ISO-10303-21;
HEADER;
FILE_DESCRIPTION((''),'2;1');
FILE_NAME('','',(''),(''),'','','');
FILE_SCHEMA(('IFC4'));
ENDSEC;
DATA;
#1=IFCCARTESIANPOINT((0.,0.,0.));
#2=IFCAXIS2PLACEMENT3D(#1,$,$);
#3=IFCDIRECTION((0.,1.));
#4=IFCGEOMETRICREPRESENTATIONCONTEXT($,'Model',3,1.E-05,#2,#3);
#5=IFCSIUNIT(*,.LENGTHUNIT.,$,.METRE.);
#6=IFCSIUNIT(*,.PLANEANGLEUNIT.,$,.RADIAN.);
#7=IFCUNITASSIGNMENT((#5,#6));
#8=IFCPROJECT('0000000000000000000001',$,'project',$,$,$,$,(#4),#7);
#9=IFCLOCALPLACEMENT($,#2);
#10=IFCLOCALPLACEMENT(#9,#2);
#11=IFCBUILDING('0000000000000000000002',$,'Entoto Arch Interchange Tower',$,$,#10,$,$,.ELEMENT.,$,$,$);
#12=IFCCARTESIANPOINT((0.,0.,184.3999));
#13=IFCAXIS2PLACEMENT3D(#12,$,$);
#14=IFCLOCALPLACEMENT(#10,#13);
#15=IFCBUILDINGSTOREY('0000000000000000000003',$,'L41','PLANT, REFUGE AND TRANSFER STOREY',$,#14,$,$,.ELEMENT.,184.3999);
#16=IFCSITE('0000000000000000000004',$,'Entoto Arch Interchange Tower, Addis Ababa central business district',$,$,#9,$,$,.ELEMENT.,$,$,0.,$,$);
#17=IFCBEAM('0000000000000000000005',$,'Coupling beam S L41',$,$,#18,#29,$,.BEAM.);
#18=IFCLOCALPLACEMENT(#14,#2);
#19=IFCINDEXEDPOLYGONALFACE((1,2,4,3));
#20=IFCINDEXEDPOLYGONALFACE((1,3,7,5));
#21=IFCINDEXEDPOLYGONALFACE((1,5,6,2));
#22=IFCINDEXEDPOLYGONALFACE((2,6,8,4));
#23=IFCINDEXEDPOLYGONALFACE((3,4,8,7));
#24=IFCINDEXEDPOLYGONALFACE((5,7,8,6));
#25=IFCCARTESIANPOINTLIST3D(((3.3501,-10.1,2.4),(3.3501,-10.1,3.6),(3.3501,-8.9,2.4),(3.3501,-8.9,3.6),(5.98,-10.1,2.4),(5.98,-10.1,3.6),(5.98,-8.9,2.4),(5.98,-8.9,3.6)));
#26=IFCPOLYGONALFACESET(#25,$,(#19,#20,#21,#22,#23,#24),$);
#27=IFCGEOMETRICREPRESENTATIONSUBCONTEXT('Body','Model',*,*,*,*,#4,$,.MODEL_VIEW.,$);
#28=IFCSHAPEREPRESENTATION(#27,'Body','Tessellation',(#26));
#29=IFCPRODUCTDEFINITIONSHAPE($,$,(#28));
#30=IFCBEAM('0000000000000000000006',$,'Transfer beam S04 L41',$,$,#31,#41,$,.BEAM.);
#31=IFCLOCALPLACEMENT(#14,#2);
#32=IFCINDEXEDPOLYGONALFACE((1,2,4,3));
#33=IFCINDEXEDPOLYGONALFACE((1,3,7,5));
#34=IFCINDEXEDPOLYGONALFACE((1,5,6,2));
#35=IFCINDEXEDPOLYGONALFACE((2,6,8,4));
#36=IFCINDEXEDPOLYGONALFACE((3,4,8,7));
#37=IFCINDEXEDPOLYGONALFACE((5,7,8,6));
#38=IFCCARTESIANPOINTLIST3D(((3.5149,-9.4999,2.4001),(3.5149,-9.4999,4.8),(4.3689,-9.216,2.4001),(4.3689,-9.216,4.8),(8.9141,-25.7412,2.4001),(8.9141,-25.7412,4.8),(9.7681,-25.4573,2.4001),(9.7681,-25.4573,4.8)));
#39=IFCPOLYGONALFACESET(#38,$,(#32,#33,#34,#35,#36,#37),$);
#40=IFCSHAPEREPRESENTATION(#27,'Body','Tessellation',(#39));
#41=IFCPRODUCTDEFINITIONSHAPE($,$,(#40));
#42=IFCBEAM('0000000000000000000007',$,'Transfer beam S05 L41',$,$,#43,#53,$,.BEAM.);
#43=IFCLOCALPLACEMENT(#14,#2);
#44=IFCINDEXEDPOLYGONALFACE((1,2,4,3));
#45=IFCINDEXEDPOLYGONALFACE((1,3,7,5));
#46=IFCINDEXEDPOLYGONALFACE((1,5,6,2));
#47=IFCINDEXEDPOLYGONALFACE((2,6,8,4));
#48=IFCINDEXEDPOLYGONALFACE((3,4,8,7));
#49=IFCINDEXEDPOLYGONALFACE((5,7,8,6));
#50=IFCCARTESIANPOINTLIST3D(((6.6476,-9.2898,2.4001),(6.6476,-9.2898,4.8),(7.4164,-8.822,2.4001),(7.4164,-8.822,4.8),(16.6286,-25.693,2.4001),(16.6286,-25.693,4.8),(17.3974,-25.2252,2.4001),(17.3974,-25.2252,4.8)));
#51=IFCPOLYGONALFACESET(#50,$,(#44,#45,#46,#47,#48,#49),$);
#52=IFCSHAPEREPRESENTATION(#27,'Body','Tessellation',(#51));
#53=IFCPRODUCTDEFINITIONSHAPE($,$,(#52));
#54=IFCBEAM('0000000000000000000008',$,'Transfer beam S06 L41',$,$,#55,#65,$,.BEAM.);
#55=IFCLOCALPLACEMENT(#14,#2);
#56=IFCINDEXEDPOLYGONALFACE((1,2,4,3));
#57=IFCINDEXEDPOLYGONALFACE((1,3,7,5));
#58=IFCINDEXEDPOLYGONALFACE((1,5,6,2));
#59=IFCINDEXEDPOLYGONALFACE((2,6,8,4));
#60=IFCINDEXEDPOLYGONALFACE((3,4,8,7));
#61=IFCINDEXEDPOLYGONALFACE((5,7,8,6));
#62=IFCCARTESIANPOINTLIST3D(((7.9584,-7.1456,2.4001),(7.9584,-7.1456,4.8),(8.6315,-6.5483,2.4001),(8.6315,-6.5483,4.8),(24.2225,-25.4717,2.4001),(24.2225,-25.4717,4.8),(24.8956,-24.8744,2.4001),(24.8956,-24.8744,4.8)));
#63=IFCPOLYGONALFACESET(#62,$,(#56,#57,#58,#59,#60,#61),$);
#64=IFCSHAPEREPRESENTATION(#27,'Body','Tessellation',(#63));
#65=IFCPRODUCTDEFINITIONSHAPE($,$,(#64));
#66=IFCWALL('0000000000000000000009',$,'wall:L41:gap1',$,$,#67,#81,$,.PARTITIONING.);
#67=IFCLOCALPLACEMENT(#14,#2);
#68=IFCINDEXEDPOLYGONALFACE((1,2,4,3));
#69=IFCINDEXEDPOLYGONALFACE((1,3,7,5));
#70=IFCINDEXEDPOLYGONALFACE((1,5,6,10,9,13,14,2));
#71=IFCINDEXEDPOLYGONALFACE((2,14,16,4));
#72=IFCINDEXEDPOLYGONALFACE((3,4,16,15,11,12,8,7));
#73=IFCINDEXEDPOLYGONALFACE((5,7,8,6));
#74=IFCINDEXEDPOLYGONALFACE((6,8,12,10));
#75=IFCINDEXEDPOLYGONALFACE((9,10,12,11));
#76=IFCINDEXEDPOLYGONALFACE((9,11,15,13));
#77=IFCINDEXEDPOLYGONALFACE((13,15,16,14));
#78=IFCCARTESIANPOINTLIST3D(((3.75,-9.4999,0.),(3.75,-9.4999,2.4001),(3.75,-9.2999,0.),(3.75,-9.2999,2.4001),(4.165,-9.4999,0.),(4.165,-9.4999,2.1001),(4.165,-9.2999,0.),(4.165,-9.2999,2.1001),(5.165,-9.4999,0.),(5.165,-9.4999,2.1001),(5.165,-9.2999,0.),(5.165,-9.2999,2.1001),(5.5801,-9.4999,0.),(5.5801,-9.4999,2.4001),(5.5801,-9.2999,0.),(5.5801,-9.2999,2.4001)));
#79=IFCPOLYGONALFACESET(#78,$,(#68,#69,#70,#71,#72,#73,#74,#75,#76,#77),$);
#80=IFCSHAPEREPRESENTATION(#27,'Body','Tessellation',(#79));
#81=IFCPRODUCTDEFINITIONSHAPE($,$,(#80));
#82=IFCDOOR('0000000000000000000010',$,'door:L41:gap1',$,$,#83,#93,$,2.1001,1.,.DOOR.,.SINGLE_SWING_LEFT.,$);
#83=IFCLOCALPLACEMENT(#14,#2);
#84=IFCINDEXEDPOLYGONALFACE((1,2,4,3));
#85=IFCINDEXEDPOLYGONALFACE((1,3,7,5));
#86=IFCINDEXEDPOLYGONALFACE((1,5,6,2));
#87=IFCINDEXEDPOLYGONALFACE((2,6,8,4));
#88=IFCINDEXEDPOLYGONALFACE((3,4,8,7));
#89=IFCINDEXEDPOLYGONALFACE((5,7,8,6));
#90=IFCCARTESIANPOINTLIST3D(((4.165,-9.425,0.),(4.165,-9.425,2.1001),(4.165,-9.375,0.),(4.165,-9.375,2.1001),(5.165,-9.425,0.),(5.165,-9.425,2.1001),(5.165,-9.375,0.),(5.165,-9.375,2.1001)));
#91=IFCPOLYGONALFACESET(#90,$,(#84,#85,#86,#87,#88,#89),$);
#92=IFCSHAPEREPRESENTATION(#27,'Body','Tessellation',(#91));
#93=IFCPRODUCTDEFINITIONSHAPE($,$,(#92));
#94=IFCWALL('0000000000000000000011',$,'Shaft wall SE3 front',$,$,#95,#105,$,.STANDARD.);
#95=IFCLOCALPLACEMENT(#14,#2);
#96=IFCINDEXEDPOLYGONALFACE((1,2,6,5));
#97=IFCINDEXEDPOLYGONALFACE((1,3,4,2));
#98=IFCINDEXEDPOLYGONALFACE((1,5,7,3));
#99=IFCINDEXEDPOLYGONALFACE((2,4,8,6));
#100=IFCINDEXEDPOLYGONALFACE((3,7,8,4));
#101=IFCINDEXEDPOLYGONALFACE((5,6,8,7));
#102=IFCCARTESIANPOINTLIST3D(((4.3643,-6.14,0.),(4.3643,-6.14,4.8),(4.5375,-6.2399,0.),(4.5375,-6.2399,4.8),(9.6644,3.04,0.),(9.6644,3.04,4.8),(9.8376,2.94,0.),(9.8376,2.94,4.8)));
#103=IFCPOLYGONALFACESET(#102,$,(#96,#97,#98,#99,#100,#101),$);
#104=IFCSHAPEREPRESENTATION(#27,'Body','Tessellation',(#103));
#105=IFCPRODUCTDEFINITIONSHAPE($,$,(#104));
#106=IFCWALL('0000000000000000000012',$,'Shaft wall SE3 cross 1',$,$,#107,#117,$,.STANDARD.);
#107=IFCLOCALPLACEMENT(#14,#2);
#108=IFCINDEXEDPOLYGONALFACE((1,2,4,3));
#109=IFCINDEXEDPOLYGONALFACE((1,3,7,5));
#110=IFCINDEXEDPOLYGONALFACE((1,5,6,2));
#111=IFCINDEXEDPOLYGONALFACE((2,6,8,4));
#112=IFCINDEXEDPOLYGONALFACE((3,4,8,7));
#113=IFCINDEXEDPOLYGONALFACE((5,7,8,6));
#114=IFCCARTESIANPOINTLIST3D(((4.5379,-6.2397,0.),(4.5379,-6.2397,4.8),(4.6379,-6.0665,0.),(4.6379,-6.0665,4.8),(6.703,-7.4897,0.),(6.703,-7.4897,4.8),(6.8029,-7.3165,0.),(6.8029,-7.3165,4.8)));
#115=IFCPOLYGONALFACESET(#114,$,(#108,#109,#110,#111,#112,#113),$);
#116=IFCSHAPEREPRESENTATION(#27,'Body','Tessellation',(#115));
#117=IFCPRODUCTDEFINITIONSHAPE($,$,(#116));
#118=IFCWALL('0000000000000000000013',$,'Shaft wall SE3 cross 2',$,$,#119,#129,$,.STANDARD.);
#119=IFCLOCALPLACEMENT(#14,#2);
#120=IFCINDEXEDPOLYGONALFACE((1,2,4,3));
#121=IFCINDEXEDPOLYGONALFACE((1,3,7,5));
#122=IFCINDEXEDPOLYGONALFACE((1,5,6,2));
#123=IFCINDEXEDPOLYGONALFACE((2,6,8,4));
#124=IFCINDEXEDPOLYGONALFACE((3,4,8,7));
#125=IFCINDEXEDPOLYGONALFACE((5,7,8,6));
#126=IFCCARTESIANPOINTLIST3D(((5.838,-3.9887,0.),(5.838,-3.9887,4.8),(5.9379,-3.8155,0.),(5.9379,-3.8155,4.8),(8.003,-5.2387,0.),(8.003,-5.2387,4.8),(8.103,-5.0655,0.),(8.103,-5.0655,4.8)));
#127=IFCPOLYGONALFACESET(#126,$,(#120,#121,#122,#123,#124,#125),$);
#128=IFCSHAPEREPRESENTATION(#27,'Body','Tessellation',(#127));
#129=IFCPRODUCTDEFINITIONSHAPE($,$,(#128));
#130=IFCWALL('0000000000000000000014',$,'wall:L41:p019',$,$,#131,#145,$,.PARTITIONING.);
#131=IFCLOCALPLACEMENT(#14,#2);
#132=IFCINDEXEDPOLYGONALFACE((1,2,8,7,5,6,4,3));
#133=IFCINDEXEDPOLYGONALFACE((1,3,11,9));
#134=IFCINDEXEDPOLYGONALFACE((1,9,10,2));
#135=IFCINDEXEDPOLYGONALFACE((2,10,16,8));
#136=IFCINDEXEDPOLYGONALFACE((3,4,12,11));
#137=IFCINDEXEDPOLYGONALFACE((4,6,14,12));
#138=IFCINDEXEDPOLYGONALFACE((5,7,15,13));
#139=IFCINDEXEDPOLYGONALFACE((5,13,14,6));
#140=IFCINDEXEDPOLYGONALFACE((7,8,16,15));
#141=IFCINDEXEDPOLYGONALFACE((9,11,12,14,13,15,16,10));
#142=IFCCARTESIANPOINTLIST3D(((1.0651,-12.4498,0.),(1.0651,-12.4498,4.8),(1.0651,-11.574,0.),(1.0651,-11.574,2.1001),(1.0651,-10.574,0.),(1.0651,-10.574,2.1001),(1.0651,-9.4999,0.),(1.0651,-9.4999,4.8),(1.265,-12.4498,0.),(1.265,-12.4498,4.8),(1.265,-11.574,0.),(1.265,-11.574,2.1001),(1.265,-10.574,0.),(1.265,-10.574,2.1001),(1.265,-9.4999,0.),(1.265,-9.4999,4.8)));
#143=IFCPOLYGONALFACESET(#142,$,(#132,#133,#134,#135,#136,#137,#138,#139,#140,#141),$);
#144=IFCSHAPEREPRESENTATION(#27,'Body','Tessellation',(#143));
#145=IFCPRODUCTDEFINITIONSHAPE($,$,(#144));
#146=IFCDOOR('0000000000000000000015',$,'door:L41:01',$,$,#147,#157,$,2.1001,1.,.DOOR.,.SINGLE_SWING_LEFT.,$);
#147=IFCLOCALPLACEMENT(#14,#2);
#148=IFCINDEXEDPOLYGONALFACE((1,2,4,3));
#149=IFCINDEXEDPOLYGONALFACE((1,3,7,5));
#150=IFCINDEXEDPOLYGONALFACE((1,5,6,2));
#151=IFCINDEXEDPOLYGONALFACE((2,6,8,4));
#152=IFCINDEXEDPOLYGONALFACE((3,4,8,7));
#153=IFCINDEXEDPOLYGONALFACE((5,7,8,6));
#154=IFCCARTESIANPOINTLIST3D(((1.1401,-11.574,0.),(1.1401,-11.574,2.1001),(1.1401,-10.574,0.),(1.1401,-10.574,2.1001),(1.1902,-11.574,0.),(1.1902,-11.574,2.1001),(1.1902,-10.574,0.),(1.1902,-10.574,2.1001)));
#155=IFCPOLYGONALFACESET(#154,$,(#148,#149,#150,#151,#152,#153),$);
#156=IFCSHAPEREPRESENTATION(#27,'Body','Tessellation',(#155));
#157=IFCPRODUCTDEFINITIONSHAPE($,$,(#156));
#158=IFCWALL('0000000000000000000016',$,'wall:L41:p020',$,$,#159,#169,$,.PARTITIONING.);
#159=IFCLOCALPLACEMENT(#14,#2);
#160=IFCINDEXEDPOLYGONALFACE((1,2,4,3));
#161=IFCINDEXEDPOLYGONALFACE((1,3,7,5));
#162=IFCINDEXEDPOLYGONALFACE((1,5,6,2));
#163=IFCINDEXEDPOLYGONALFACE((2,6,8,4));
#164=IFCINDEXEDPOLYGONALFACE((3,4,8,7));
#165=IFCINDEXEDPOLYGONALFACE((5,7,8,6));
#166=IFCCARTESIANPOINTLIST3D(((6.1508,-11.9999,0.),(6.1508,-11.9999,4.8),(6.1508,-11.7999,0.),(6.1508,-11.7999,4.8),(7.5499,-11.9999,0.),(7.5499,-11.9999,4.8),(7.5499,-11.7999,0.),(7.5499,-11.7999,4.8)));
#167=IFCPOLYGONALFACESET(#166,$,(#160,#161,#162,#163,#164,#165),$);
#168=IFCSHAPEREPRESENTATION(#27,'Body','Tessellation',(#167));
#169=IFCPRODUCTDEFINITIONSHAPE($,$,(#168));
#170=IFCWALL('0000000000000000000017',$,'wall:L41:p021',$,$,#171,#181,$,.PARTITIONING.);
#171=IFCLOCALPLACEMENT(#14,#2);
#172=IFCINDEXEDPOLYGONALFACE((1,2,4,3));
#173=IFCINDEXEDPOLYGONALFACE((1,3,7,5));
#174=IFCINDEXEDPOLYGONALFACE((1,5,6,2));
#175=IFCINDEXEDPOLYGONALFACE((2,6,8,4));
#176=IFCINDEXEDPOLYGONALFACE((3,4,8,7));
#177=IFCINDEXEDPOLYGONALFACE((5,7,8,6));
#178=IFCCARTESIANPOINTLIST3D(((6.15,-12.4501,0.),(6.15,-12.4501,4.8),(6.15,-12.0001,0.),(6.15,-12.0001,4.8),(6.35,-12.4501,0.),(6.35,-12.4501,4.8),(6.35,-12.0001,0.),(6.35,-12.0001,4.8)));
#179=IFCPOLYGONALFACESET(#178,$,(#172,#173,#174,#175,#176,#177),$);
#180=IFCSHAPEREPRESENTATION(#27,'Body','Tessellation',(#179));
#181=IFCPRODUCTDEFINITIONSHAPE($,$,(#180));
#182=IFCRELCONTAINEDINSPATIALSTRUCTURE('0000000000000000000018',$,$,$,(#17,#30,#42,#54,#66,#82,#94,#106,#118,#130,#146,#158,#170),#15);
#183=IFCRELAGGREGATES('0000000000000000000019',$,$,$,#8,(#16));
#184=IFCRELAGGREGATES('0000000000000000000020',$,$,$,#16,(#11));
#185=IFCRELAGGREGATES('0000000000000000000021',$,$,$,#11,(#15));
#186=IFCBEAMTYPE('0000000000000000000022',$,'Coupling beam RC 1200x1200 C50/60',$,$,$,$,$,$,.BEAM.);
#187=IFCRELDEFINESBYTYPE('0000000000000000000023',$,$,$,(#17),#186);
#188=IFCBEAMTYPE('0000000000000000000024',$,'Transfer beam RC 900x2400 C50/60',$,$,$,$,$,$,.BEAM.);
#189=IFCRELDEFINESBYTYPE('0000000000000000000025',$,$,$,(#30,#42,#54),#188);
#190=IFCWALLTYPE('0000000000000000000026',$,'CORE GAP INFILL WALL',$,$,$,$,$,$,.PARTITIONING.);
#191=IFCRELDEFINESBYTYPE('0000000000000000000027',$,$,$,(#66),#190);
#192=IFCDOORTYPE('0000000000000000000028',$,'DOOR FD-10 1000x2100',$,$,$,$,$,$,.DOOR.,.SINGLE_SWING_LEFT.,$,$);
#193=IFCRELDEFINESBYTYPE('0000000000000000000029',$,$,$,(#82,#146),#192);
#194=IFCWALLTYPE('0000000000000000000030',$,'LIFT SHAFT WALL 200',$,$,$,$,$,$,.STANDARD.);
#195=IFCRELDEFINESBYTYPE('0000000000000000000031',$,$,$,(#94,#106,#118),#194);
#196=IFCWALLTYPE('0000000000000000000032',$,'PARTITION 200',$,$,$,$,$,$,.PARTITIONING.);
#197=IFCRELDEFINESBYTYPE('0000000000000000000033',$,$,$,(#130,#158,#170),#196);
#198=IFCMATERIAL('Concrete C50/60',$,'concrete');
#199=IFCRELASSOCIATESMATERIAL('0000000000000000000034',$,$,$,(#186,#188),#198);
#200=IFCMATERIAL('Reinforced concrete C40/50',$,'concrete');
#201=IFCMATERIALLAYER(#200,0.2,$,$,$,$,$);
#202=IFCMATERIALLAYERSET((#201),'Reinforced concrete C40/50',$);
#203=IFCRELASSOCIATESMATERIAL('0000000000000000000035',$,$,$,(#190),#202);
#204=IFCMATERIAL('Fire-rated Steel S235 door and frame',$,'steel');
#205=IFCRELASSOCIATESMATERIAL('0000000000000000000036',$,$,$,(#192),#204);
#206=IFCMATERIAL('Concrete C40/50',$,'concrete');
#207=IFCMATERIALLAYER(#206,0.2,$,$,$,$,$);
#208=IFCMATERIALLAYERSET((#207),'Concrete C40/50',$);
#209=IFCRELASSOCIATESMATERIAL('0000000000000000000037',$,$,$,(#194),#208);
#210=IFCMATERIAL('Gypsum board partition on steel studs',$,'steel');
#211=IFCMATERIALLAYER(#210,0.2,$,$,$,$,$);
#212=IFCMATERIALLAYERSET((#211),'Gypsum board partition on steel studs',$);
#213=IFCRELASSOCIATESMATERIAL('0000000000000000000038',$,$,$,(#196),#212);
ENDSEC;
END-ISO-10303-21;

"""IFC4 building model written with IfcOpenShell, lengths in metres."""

from ifc_helpers import new_model, si_unit, direction, frame, frame_2d, origin, origin_2d, place, context, subcontext, project, spatial, rectangle, extrude, material, layer, layer_set, material_profile, profile_set, type_object, element, fill, save


model = new_model("IFC4")

# Units and contexts
model_context = context("Model", 3, precision=1e-05, world=origin(), true_north=direction((0.0, 1.0)))
body_context = subcontext(model_context, "Body", "Model", "MODEL_VIEW")
ifc_project = project(units=[si_unit("LENGTHUNIT", "METRE"), si_unit("PLANEANGLEUNIT", "RADIAN")], contexts=[model_context])

# Site, building, storey
site_placement = place(None, origin())
site = spatial("IfcSite", under=ifc_project, at=site_placement, Name="Entoto Arch Interchange Tower, Addis Ababa central business district", CompositionType="ELEMENT", RefElevation=0.0)
building_placement = place(site_placement, origin())
building = spatial("IfcBuilding", under=site, at=building_placement, Name="Entoto Arch Interchange Tower", CompositionType="ELEMENT")
storey_placement = place(building_placement, frame((0.0, 0.0, 184.3999)))
storey = spatial("IfcBuildingStorey", under=building, at=storey_placement, Name="L41", Description="PLANT, REFUGE AND TRANSFER STOREY", CompositionType="ELEMENT", Elevation=184.3999)

# Beams
ifc_material_1 = material(Name="Concrete C50/60", Category="concrete")
ifc_material_profile_1 = material_profile(ifc_material_1, rectangle(XDim=1.2, YDim=1.2, at=origin_2d()))
ifc_profile_set_1 = profile_set([ifc_material_profile_1], Name="Concrete C50/60")
beam_type_1 = type_object("IfcBeamType", Name="Coupling beam RC 1200x1200 C50/60", PredefinedType="BEAM", material=ifc_profile_set_1)
beam_1_placement = place(storey_placement, frame((3.3501, -9.5, 3.0), z_axis=(1.0, 0.0, 0.0), x_axis=(0.0, 1.0, 0.0)))
element("IfcBeam", 1, at=beam_1_placement, inside=storey, type_object=beam_type_1, Name="Coupling beam S L41", PredefinedType="BEAM", context=body_context, shape_type="SweptSolid", body=[
    extrude(rectangle(XDim=1.2, YDim=1.2, at=origin_2d()), origin(), (0.0, 0.0, 1.0), 2.6299),
])
ifc_material_profile_2 = material_profile(ifc_material_1, rectangle(XDim=0.8999, YDim=2.3999, at=origin_2d()))
ifc_profile_set_2 = profile_set([ifc_material_profile_2], Name="Concrete C50/60")
beam_type_2 = type_object("IfcBeamType", Name="Transfer beam RC 900x2400 C50/60", PredefinedType="BEAM", material=ifc_profile_set_2)
beam_2_placement = place(storey_placement, frame((3.9419, -9.3579, 3.6001), z_axis=(0.315462, -0.948938, 0.0), x_axis=(0.948938, 0.315462, 0.0)))
element("IfcBeam", 2, at=beam_2_placement, inside=storey, type_object=beam_type_2, Name="Transfer beam S04 L41", PredefinedType="BEAM", context=body_context, shape_type="SweptSolid", body=[
    extrude(rectangle(XDim=0.8999, YDim=2.3999, at=origin_2d()), origin(), (0.0, 0.0, 1.0), 17.1152),
])
beam_3_placement = place(storey_placement, frame((7.032, -9.0559, 3.6001), z_axis=(0.519813, -0.85428, 0.0), x_axis=(0.85428, 0.519813, 0.0)))
element("IfcBeam", 3, at=beam_3_placement, inside=storey, type_object=beam_type_2, Name="Transfer beam S05 L41", PredefinedType="BEAM", context=body_context, shape_type="SweptSolid", body=[
    extrude(rectangle(XDim=0.8999, YDim=2.3999, at=origin_2d()), origin(), (0.0, 0.0, 1.0), 19.2012),
])
beam_4_placement = place(storey_placement, frame((8.2949, -6.8469, 3.6001), z_axis=(0.663776, -0.747931, 0.0), x_axis=(0.747931, 0.663776, 0.0)))
element("IfcBeam", 4, at=beam_4_placement, inside=storey, type_object=beam_type_2, Name="Transfer beam S06 L41", PredefinedType="BEAM", context=body_context, shape_type="SweptSolid", body=[
    extrude(rectangle(XDim=0.8999, YDim=2.3999, at=origin_2d()), origin(), (0.0, 0.0, 1.0), 24.5024),
])

# Wall, opening, door
ifc_material_2 = material(Name="Reinforced concrete C40/50", Category="concrete")
ifc_layer_1 = layer(ifc_material_2, 0.2)
ifc_layer_set_1 = layer_set([ifc_layer_1], Name="Reinforced concrete C40/50")
wall_type_1 = type_object("IfcWallType", Name="CORE GAP INFILL WALL", PredefinedType="PARTITIONING", material=ifc_layer_set_1)
wall_1_placement = place(storey_placement, frame((3.75, -9.3999, 0.0), z_axis=(0.0, 0.0, 1.0), x_axis=(1.0, 0.0, 0.0)))
wall_1 = element("IfcWall", 5, at=wall_1_placement, inside=storey, type_object=wall_type_1, Name="wall:L41:gap1", PredefinedType="PARTITIONING", context=body_context, shape_type="SweptSolid", body=[
    extrude(rectangle(XDim=1.8301, YDim=0.2, at=frame_2d((0.915, 0.0))), origin(), (0.0, 0.0, 1.0), 2.4001),
])
opening_1_placement = place(wall_1_placement, frame((0.415, 0.0, 0.0)))
opening_1 = element("IfcOpeningElement", 6, at=opening_1_placement, cuts=wall_1, PredefinedType="OPENING", context=body_context, shape_type="SweptSolid", body=[
    extrude(rectangle(XDim=1.0, YDim=2.1001, at=frame_2d((0.5, 1.05))), frame((0.0, 0.1099, 0.0), z_axis=(0.0, -1.0, 0.0), x_axis=(1.0, 0.0, 0.0)), (0.0, 0.0, 1.0), 0.22),
])
ifc_material_3 = material(Name="Fire-rated Steel S235 door and frame", Category="steel")
door_type_1 = type_object("IfcDoorType", Name="DOOR FD-10 1000x2100", OperationType="SINGLE_SWING_LEFT", PredefinedType="DOOR", material=ifc_material_3)
door_1_placement = place(opening_1_placement, origin())
door_1 = element("IfcDoor", 7, at=door_1_placement, inside=storey, type_object=door_type_1, Name="door:L41:gap1", OperationType="SINGLE_SWING_LEFT", OverallHeight=2.1001, OverallWidth=1.0, PredefinedType="DOOR", context=body_context, shape_type="SweptSolid", body=[
    extrude(rectangle(XDim=1.0, YDim=2.1001, at=frame_2d((0.5, 1.05))), frame((0.0, 0.0249, 0.0), z_axis=(0.0, -1.0, 0.0), x_axis=(1.0, 0.0, 0.0)), (0.0, 0.0, 1.0), 0.05),
])
fill(opening_1, door_1)

# Walls
ifc_material_4 = material(Name="Concrete C40/50", Category="concrete")
ifc_layer_2 = layer(ifc_material_4, 0.2)
ifc_layer_set_2 = layer_set([ifc_layer_2], Name="Concrete C40/50")
wall_type_2 = type_object("IfcWallType", Name="LIFT SHAFT WALL 200", PredefinedType="STANDARD", material=ifc_layer_set_2)
wall_2_placement = place(storey_placement, frame((4.4509, -6.1899, 0.0), z_axis=(0.0, 0.0, 1.0), x_axis=(0.500001, 0.866025, 0.0)))
element("IfcWall", 8, at=wall_2_placement, inside=storey, type_object=wall_type_2, Name="Shaft wall SE3 front", PredefinedType="STANDARD", context=body_context, shape_type="SweptSolid", body=[
    extrude(rectangle(XDim=10.6001, YDim=0.2, at=frame_2d((5.3, 0.0))), origin(), (0.0, 0.0, 1.0), 4.8),
])
for number, where, z_axis, x_axis, name in (
    (9, (4.5879, -6.1531, 0.0), (0.0, 0.0, 1.0), (0.866023, -0.500004, 0.0), "Shaft wall SE3 cross 1"),
    (10, (5.8879, -3.9021, 0.0), (0.0, 0.0, 1.0), (0.866023, -0.500004, 0.0), "Shaft wall SE3 cross 2"),
):
    element("IfcWall", number, at=place(storey_placement, frame(where, z_axis=z_axis, x_axis=x_axis)), inside=storey, type_object=wall_type_2, Name=name, PredefinedType="STANDARD", context=body_context, shape_type="SweptSolid", body=[
        extrude(rectangle(XDim=2.5, YDim=0.2, at=frame_2d((1.25, 0.0))), origin(), (0.0, 0.0, 1.0), 4.8),
    ])

# Wall, opening, door
ifc_material_5 = material(Name="Gypsum board partition on steel studs", Category="steel")
ifc_layer_3 = layer(ifc_material_5, 0.2)
ifc_layer_set_3 = layer_set([ifc_layer_3], Name="Gypsum board partition on steel studs")
wall_type_3 = type_object("IfcWallType", Name="PARTITION 200", PredefinedType="PARTITIONING", material=ifc_layer_set_3)
wall_3_placement = place(storey_placement, frame((1.165, -12.45, 0.0), z_axis=(0.0, 0.0, 1.0), x_axis=(0.0, 1.0, 0.0)))
wall_3 = element("IfcWall", 11, at=wall_3_placement, inside=storey, type_object=wall_type_3, Name="wall:L41:p019", PredefinedType="PARTITIONING", context=body_context, shape_type="SweptSolid", body=[
    extrude(rectangle(XDim=2.95, YDim=0.2, at=frame_2d((1.4751, 0.0))), origin(), (0.0, 0.0, 1.0), 4.8),
])
opening_2_placement = place(wall_3_placement, frame((0.876, 0.0, 0.0)))
opening_2 = element("IfcOpeningElement", 12, at=opening_2_placement, cuts=wall_3, PredefinedType="OPENING", context=body_context, shape_type="SweptSolid", body=[
    extrude(rectangle(XDim=1.0, YDim=2.1001, at=frame_2d((0.5, 1.05))), frame((0.0, 0.1099, 0.0), z_axis=(0.0, -1.0, 0.0), x_axis=(1.0, 0.0, 0.0)), (0.0, 0.0, 1.0), 0.22),
])
door_2_placement = place(opening_2_placement, origin())
door_2 = element("IfcDoor", 13, at=door_2_placement, inside=storey, type_object=door_type_1, Name="door:L41:01", OperationType="SINGLE_SWING_LEFT", OverallHeight=2.1001, OverallWidth=1.0, PredefinedType="DOOR", context=body_context, shape_type="SweptSolid", body=[
    extrude(rectangle(XDim=1.0, YDim=2.1001, at=frame_2d((0.5, 1.05))), frame((0.0, 0.0249, 0.0), z_axis=(0.0, -1.0, 0.0), x_axis=(1.0, 0.0, 0.0)), (0.0, 0.0, 1.0), 0.05),
])
fill(opening_2, door_2)

# Walls
wall_4_placement = place(storey_placement, frame((7.55, -11.8999, 0.0), z_axis=(0.0, 0.0, 1.0), x_axis=(-1.0, 0.0, 0.0)))
element("IfcWall", 14, at=wall_4_placement, inside=storey, type_object=wall_type_3, Name="wall:L41:p020", PredefinedType="PARTITIONING", context=body_context, shape_type="SweptSolid", body=[
    extrude(rectangle(XDim=1.3992, YDim=0.2, at=frame_2d((0.6997, 0.0))), origin(), (0.0, 0.0, 1.0), 4.8),
])
wall_5_placement = place(storey_placement, frame((6.25, -12.0, 0.0), z_axis=(0.0, 0.0, 1.0), x_axis=(0.0, -1.0, 0.0)))
element("IfcWall", 15, at=wall_5_placement, inside=storey, type_object=wall_type_3, Name="wall:L41:p021", PredefinedType="PARTITIONING", context=body_context, shape_type="SweptSolid", body=[
    extrude(rectangle(XDim=0.45, YDim=0.2, at=frame_2d((0.2251, 0.0))), origin(), (0.0, 0.0, 1.0), 4.8),
])

save(model, "model.ifc")
